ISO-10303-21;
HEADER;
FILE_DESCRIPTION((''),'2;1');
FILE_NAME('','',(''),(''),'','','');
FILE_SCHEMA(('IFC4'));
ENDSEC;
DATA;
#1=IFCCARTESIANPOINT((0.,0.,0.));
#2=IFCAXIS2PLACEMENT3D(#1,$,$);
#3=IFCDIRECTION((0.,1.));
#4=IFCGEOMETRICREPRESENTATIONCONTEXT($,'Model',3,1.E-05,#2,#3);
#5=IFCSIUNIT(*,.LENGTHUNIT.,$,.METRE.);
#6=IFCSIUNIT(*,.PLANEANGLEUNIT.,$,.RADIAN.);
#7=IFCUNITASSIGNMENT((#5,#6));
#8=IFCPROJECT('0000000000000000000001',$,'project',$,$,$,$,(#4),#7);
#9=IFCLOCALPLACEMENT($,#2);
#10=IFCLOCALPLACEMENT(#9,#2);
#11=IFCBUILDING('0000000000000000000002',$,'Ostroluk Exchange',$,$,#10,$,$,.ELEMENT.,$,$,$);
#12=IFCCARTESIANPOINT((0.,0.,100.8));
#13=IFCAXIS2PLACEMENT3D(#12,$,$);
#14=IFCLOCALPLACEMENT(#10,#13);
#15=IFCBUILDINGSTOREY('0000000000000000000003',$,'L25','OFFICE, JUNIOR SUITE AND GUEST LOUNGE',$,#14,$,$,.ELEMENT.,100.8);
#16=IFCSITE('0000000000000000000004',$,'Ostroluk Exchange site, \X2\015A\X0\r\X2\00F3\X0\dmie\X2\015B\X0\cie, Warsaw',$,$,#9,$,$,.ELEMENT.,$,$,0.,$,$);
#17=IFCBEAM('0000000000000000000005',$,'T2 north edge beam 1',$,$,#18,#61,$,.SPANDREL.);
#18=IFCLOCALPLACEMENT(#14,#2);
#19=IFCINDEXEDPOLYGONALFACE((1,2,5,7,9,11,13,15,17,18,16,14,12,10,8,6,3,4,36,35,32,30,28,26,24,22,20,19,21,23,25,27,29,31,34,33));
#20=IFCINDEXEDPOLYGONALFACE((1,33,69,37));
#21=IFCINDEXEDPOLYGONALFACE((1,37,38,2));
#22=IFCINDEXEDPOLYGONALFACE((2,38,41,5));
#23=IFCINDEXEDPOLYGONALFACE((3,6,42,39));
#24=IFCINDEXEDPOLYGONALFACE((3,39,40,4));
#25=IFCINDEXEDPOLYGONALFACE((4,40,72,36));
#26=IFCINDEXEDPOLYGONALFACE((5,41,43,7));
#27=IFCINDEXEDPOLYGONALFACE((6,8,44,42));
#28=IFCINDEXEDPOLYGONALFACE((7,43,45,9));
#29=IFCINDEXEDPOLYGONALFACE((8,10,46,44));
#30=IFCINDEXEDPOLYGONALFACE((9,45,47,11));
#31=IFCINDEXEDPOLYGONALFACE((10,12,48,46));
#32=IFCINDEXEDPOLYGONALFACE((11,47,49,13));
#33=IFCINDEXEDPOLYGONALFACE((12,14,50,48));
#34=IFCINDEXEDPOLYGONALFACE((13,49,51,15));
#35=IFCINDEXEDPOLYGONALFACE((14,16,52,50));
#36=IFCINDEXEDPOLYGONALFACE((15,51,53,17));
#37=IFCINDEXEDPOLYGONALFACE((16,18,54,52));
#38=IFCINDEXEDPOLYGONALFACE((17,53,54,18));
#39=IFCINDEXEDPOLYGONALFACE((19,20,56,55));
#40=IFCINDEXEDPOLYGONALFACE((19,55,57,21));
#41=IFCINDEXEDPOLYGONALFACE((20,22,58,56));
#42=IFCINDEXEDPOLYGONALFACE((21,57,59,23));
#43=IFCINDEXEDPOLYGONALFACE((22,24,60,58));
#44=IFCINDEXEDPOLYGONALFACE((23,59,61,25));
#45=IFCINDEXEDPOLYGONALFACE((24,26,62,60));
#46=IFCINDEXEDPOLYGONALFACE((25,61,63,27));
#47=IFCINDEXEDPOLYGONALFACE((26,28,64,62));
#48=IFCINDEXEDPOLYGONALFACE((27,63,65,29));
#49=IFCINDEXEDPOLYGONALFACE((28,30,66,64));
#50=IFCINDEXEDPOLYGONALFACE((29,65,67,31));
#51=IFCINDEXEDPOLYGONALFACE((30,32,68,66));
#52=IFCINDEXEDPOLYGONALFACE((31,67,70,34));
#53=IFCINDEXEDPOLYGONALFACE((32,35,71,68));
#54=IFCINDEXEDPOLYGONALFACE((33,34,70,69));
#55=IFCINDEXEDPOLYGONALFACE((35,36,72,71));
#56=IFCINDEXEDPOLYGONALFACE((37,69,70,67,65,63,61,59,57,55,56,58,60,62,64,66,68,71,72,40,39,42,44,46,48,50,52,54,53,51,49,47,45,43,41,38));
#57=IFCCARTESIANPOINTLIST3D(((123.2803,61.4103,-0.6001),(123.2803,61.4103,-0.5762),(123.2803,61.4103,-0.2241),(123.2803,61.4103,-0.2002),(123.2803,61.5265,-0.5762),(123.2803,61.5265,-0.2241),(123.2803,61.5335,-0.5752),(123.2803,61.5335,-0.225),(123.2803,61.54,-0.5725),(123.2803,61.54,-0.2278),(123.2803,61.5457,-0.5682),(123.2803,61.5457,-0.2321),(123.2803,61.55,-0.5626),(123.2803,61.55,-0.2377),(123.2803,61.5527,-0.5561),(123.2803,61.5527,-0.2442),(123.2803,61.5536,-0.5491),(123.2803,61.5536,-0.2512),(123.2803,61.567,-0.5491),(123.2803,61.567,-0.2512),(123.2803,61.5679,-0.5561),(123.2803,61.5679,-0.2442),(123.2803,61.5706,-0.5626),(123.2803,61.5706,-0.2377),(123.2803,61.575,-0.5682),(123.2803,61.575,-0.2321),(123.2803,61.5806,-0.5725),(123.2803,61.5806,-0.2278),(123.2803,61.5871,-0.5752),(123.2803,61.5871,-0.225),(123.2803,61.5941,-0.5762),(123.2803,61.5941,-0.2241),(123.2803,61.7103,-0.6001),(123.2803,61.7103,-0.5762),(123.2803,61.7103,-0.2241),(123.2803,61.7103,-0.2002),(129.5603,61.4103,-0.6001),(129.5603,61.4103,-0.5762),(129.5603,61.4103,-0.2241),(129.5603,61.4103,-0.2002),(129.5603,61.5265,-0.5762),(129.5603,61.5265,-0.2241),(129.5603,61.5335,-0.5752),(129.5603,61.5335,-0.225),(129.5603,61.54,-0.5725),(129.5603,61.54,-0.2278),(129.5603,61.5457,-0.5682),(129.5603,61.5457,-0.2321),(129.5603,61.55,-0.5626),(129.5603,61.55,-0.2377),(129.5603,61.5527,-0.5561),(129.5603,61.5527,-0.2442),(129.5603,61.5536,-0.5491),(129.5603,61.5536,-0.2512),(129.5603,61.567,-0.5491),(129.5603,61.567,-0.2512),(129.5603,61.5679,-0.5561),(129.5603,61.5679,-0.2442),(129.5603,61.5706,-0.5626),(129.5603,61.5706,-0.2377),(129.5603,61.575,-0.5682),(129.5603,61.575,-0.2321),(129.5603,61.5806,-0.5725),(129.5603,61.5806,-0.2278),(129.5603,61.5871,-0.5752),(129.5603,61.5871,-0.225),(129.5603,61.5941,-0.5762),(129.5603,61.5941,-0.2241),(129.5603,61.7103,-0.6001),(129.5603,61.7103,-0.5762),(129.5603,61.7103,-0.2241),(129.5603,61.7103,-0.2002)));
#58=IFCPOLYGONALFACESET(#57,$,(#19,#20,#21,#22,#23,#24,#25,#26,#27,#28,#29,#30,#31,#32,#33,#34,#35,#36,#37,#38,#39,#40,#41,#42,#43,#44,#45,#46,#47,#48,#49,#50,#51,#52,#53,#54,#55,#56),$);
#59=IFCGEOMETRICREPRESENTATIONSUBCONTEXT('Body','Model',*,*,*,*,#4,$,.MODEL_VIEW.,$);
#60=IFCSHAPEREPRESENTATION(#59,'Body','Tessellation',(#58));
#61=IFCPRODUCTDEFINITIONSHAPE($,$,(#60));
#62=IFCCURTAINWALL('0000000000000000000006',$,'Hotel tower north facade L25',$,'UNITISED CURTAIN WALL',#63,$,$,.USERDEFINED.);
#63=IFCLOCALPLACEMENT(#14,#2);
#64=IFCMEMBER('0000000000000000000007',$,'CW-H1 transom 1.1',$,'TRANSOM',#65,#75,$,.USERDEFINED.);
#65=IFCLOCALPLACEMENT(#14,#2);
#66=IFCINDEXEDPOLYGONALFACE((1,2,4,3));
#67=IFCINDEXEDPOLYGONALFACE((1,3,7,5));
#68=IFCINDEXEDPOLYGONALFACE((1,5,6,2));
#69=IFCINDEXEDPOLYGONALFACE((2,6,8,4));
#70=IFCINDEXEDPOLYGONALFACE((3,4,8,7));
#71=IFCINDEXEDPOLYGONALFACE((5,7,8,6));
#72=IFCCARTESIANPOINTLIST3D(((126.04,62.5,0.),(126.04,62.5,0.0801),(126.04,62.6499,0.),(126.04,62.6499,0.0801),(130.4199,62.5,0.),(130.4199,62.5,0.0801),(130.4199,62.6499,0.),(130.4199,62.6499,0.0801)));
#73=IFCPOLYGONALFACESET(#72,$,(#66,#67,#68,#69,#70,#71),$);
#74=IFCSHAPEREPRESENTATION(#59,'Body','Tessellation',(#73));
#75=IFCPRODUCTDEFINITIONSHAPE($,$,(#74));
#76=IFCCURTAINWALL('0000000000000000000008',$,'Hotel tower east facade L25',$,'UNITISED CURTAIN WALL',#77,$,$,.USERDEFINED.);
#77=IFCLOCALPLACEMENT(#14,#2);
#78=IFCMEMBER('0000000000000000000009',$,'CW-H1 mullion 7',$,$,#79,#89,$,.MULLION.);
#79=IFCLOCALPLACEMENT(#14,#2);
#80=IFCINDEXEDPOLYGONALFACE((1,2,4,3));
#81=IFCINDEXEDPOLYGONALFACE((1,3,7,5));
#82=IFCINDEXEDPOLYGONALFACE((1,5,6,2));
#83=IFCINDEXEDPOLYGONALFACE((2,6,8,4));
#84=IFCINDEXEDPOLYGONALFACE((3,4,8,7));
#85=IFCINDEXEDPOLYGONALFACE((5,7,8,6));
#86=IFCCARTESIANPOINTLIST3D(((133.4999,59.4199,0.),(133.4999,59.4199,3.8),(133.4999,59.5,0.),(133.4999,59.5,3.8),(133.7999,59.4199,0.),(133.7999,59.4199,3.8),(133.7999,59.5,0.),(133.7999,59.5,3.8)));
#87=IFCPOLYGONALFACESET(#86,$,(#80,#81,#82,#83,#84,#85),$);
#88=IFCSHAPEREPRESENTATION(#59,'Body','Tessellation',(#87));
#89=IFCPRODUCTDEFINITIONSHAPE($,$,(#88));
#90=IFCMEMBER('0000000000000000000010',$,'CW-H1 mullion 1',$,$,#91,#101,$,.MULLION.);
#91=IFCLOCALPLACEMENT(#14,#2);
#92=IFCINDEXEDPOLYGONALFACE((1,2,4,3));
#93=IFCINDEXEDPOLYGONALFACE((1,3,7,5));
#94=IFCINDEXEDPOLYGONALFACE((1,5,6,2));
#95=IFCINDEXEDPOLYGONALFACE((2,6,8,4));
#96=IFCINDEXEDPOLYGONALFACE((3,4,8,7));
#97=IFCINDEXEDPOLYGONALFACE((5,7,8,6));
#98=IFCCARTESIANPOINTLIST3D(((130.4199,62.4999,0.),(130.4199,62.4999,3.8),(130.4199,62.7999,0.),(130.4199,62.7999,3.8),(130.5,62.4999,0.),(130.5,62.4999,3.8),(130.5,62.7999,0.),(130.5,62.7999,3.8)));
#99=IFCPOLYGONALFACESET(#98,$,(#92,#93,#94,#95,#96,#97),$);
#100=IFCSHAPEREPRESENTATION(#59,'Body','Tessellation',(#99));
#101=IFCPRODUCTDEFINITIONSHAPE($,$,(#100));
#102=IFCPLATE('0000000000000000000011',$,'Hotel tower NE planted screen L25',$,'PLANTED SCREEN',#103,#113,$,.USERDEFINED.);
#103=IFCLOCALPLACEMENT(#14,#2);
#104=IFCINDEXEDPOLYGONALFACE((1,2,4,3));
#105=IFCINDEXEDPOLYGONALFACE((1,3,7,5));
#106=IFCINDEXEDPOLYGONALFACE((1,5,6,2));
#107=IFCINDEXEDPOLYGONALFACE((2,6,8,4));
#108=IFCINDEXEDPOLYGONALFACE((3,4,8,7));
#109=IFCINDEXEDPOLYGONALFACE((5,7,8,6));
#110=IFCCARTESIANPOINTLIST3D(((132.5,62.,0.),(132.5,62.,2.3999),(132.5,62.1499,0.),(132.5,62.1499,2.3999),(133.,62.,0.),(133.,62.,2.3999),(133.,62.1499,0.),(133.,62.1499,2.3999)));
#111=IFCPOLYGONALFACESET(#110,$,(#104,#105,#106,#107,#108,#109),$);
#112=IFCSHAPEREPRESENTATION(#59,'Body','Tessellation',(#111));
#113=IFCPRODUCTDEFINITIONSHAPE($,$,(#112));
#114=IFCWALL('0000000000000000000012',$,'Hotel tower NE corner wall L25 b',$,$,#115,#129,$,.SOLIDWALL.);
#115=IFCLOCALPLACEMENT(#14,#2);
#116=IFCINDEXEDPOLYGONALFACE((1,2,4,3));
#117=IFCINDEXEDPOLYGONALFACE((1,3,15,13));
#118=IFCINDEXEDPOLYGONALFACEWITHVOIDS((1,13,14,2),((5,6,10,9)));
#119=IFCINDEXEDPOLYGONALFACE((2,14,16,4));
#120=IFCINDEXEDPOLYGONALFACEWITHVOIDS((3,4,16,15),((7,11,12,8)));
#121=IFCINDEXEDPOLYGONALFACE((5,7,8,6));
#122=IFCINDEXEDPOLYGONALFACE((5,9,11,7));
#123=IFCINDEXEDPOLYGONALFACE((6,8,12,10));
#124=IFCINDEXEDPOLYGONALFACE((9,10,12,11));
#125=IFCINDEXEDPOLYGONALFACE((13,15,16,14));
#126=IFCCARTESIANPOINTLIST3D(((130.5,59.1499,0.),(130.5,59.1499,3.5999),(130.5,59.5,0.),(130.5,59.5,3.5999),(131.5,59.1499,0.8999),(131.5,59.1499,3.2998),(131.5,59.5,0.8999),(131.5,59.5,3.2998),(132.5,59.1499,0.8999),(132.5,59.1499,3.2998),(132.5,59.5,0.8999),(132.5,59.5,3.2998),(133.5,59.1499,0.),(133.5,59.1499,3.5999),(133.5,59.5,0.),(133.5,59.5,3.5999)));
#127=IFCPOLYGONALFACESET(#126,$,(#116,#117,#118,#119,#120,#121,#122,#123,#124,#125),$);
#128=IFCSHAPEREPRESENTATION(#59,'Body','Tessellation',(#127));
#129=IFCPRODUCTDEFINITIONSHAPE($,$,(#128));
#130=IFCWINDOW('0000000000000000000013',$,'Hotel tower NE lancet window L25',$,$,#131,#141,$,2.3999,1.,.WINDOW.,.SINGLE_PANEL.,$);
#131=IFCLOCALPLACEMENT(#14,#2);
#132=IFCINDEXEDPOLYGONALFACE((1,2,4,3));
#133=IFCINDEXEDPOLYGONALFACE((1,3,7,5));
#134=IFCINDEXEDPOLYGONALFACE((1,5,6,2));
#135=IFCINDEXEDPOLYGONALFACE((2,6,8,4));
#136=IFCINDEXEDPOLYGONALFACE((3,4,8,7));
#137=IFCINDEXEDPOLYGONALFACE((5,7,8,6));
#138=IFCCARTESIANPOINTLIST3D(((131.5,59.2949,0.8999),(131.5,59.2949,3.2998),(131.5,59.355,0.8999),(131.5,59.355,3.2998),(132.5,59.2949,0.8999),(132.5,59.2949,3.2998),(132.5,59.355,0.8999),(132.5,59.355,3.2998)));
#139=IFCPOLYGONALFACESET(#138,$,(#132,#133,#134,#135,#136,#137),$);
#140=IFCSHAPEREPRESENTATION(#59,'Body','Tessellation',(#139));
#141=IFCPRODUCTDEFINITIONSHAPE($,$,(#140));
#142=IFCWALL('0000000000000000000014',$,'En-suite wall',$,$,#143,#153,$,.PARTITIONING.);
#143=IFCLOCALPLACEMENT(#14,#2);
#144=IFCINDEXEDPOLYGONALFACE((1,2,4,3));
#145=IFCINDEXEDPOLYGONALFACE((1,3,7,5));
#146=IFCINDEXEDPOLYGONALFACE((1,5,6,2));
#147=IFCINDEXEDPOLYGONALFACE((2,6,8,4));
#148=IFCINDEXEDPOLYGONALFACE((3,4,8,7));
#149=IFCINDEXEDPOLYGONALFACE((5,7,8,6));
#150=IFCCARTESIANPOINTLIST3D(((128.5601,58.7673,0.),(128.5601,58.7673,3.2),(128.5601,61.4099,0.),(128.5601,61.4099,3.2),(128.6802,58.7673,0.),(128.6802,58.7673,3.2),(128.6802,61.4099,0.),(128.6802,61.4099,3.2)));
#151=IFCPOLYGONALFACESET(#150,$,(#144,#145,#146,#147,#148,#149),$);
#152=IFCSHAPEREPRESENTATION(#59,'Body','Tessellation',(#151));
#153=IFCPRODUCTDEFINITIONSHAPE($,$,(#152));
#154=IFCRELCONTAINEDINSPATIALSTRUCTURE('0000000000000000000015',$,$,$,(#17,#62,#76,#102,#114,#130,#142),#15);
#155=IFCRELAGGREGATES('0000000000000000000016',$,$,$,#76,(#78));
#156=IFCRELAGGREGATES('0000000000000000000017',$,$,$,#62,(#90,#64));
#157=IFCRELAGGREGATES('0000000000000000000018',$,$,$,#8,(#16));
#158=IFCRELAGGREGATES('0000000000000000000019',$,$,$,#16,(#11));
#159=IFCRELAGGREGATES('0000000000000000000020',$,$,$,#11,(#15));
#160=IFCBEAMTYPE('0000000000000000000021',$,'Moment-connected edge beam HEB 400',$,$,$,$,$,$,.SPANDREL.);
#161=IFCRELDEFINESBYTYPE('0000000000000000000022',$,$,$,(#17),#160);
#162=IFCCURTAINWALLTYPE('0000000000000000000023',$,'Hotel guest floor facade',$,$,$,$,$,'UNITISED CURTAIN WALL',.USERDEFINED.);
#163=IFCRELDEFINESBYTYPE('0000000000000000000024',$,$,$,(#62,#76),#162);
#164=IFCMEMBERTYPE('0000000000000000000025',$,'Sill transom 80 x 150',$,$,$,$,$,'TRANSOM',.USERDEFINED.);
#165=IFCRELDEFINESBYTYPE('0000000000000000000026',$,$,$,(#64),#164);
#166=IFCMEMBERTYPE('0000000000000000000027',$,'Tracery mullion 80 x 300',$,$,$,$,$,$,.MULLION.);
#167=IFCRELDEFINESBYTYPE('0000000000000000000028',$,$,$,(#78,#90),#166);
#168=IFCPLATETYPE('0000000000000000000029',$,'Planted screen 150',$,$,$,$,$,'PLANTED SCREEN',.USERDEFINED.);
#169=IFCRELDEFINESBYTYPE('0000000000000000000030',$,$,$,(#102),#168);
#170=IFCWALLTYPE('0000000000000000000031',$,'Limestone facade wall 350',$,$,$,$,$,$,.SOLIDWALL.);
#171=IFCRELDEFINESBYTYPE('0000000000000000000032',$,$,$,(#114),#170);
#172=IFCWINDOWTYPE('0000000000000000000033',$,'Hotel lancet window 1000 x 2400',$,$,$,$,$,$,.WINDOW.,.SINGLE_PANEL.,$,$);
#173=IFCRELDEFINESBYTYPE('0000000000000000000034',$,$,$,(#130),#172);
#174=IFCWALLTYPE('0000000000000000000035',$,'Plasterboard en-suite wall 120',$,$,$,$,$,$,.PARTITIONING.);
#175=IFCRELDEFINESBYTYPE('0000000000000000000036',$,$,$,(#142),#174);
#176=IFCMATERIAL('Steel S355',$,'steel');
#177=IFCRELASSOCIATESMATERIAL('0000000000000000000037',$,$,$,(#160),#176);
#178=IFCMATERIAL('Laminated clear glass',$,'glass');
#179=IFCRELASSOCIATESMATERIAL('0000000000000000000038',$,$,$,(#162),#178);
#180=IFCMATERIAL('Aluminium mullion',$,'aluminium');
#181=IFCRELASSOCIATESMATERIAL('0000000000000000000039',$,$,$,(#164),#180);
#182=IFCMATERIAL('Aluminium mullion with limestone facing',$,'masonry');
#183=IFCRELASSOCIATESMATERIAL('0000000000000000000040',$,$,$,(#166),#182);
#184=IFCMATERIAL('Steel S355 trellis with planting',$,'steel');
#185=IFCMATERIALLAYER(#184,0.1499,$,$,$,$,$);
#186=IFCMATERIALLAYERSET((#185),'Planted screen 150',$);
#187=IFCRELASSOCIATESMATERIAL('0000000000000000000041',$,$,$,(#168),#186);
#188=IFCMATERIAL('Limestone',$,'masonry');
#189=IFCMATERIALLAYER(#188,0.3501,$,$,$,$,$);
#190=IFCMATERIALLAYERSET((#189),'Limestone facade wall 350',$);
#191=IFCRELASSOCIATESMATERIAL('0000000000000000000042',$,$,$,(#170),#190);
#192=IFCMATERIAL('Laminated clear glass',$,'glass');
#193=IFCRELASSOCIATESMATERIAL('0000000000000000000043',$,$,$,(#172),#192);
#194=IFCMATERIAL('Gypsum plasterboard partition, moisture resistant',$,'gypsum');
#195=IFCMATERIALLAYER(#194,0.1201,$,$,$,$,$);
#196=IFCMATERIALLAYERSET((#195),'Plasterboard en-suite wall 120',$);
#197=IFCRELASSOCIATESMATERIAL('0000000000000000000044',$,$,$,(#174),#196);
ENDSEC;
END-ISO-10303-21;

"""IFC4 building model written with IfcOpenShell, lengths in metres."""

from ifc_helpers import new_model, si_unit, direction, frame, frame_2d, origin, origin_2d, place, context, subcontext, project, spatial, rectangle, i_section, extrude, material, layer, layer_set, material_profile, profile_set, type_object, element, fill, aggregate, save


model = new_model("IFC4")

# Units and contexts
model_context = context("Model", 3, precision=1e-05, world=origin(), true_north=direction((0.0, 1.0)))
body_context = subcontext(model_context, "Body", "Model", "MODEL_VIEW")
ifc_project = project(units=[si_unit("LENGTHUNIT", "METRE"), si_unit("PLANEANGLEUNIT", "RADIAN")], contexts=[model_context])

# Site, building, storey
site_placement = place(None, origin())
site = spatial("IfcSite", under=ifc_project, at=site_placement, Name="Ostroluk Exchange site, Śródmieście, Warsaw", CompositionType="ELEMENT", RefElevation=0.0)
building_placement = place(site_placement, origin())
building = spatial("IfcBuilding", under=site, at=building_placement, Name="Ostroluk Exchange", CompositionType="ELEMENT")
storey_placement = place(building_placement, frame((0.0, 0.0, 100.8)))
storey = spatial("IfcBuildingStorey", under=building, at=storey_placement, Name="L25", Description="OFFICE, JUNIOR SUITE AND GUEST LOUNGE", CompositionType="ELEMENT", Elevation=100.8)

# Beam
ifc_material_1 = material(Name="Steel S355", Category="steel")
ifc_material_profile_1 = material_profile(ifc_material_1, i_section(OverallWidth=0.3, OverallDepth=0.3999, WebThickness=0.0134, FlangeThickness=0.0239, FilletRadius=0.0271, at=origin_2d()), Name="HEB 400")
ifc_profile_set_1 = profile_set([ifc_material_profile_1], Name="Steel S355")
beam_type_1 = type_object("IfcBeamType", Name="Moment-connected edge beam HEB 400", PredefinedType="SPANDREL", material=ifc_profile_set_1)
beam_1_placement = place(storey_placement, frame((129.5603, 61.5603, -0.4001), z_axis=(-1.0, 0.0, 0.0), x_axis=(0.0, -1.0, 0.0)))
element("IfcBeam", 1, at=beam_1_placement, inside=storey, type_object=beam_type_1, Name="T2 north edge beam 1", PredefinedType="SPANDREL", context=body_context, shape_type="SweptSolid", body=[
    extrude(i_section(OverallWidth=0.3, OverallDepth=0.3999, WebThickness=0.0134, FlangeThickness=0.0239, FilletRadius=0.0271, at=origin_2d()), origin(), (0.0, 0.0, 1.0), 6.28),
])

# Curtain walls, members
ifc_material_2 = material(Name="Laminated clear glass", Category="glass")
curtain_wall_type = type_object("IfcCurtainWallType", Name="Hotel guest floor facade", ElementType="UNITISED CURTAIN WALL", PredefinedType="USERDEFINED", material=ifc_material_2)
curtain_wall_1_placement = place(storey_placement, origin())
curtain_wall_1 = element("IfcCurtainWall", 2, at=curtain_wall_1_placement, inside=storey, type_object=curtain_wall_type, Name="Hotel tower north facade L25", ObjectType="UNITISED CURTAIN WALL", PredefinedType="USERDEFINED")
ifc_material_3 = material(Name="Aluminium mullion", Category="aluminium")
ifc_material_profile_2 = material_profile(ifc_material_3, rectangle(XDim=0.1499, YDim=0.0801, at=origin_2d()), Name="Sill transom 80 x 150")
ifc_profile_set_2 = profile_set([ifc_material_profile_2], Name="Aluminium mullion")
member_type_1 = type_object("IfcMemberType", Name="Sill transom 80 x 150", ElementType="TRANSOM", PredefinedType="USERDEFINED", material=ifc_profile_set_2)
member_1_placement = place(storey_placement, frame((130.4199, 62.575, 0.04), z_axis=(-1.0, 0.0, 0.0), x_axis=(0.0, -1.0, 0.0)))
member_1 = element("IfcMember", 3, at=member_1_placement, type_object=member_type_1, Name="CW-H1 transom 1.1", ObjectType="TRANSOM", PredefinedType="USERDEFINED", context=body_context, shape_type="SweptSolid", body=[
    extrude(rectangle(XDim=0.1499, YDim=0.0801, at=origin_2d()), origin(), (0.0, 0.0, 1.0), 4.3799),
])
curtain_wall_2_placement = place(storey_placement, origin())
curtain_wall_2 = element("IfcCurtainWall", 4, at=curtain_wall_2_placement, inside=storey, type_object=curtain_wall_type, Name="Hotel tower east facade L25", ObjectType="UNITISED CURTAIN WALL", PredefinedType="USERDEFINED")
ifc_material_4 = material(Name="Aluminium mullion with limestone facing", Category="masonry")
ifc_material_profile_3 = material_profile(ifc_material_4, rectangle(XDim=0.3, YDim=0.0801, at=origin_2d()), Name="Tracery mullion 80 x 300")
ifc_profile_set_3 = profile_set([ifc_material_profile_3], Name="Aluminium mullion with limestone facing")
member_type_2 = type_object("IfcMemberType", Name="Tracery mullion 80 x 300", PredefinedType="MULLION", material=ifc_profile_set_3)
member_2_placement = place(storey_placement, frame((133.6499, 59.46, 0.0), z_axis=(0.0, 0.0, 1.0), x_axis=(-1.0, 0.0, 0.0)))
member_2 = element("IfcMember", 5, at=member_2_placement, type_object=member_type_2, Name="CW-H1 mullion 7", PredefinedType="MULLION", context=body_context, shape_type="SweptSolid", body=[
    extrude(rectangle(XDim=0.3, YDim=0.0801, at=origin_2d()), origin(), (0.0, 0.0, 1.0), 3.8),
])
aggregate(curtain_wall_2, [member_2])

# Member
member_3_placement = place(storey_placement, frame((130.46, 62.6499, 0.0), z_axis=(0.0, 0.0, 1.0), x_axis=(0.0, -1.0, 0.0)))
member_3 = element("IfcMember", 6, at=member_3_placement, type_object=member_type_2, Name="CW-H1 mullion 1", PredefinedType="MULLION", context=body_context, shape_type="SweptSolid", body=[
    extrude(rectangle(XDim=0.3, YDim=0.0801, at=origin_2d()), origin(), (0.0, 0.0, 1.0), 3.8),
])
aggregate(curtain_wall_1, [member_3, member_1])

# Plate
ifc_material_5 = material(Name="Steel S355 trellis with planting", Category="steel")
ifc_layer_1 = layer(ifc_material_5, 0.1499)
ifc_layer_set_1 = layer_set([ifc_layer_1], Name="Planted screen 150")
plate_type = type_object("IfcPlateType", Name="Planted screen 150", ElementType="PLANTED SCREEN", PredefinedType="USERDEFINED", material=ifc_layer_set_1)
plate_placement = place(storey_placement, frame((132.75, 62.075, 0.0), z_axis=(0.0, 0.0, 1.0), x_axis=(1.0, 0.0, 0.0)))
element("IfcPlate", 7, at=plate_placement, inside=storey, type_object=plate_type, Name="Hotel tower NE planted screen L25", ObjectType="PLANTED SCREEN", PredefinedType="USERDEFINED", context=body_context, shape_type="SweptSolid", body=[
    extrude(rectangle(XDim=0.5, YDim=0.1499, at=origin_2d()), origin(), (0.0, 0.0, 1.0), 2.3999),
])

# Shared definitions
ifc_material_6 = material(Name="Limestone", Category="masonry")
ifc_layer_2 = layer(ifc_material_6, 0.3501)
ifc_layer_set_2 = layer_set([ifc_layer_2], Name="Limestone facade wall 350")
wall_type_1 = type_object("IfcWallType", Name="Limestone facade wall 350", PredefinedType="SOLIDWALL", material=ifc_layer_set_2)

# Wall, opening, window
wall_1_placement = place(storey_placement, frame((130.5, 59.325, 0.0), z_axis=(0.0, 0.0, 1.0), x_axis=(1.0, 0.0, 0.0)))
wall_1 = element("IfcWall", 8, at=wall_1_placement, inside=storey, type_object=wall_type_1, Name="Hotel tower NE corner wall L25 b", PredefinedType="SOLIDWALL", context=body_context, shape_type="SweptSolid", body=[
    extrude(rectangle(XDim=3.0, YDim=0.3501, at=frame_2d((1.5, 0.0))), origin(), (0.0, 0.0, 1.0), 3.5999),
])
opening_1_placement = place(wall_1_placement, frame((1.0, 0.0, 0.8999)))
opening_1 = element("IfcOpeningElement", 9, at=opening_1_placement, cuts=wall_1, PredefinedType="OPENING", context=body_context, shape_type="SweptSolid", body=[
    extrude(rectangle(XDim=1.0, YDim=2.3999, at=frame_2d((0.5, 1.2))), frame((0.0, 0.1851, 0.0), z_axis=(0.0, -1.0, 0.0), x_axis=(1.0, 0.0, 0.0)), (0.0, 0.0, 1.0), 0.3701),
])
ifc_material_7 = material(Name="Laminated clear glass", Category="glass")
window_type = type_object("IfcWindowType", Name="Hotel lancet window 1000 x 2400", PartitioningType="SINGLE_PANEL", PredefinedType="WINDOW", material=ifc_material_7)
window_placement = place(opening_1_placement, origin())
window = element("IfcWindow", 10, at=window_placement, inside=storey, type_object=window_type, Name="Hotel tower NE lancet window L25", OverallHeight=2.3999, OverallWidth=1.0, PartitioningType="SINGLE_PANEL", PredefinedType="WINDOW", context=body_context, shape_type="SweptSolid", body=[
    extrude(rectangle(XDim=1.0, YDim=2.3999, at=frame_2d((0.5, 1.2))), frame((0.0, 0.03, 0.0), z_axis=(0.0, -1.0, 0.0), x_axis=(1.0, 0.0, 0.0)), (0.0, 0.0, 1.0), 0.0601),
])
fill(opening_1, window)

# Wall
ifc_material_8 = material(Name="Gypsum plasterboard partition, moisture resistant", Category="gypsum")
ifc_layer_3 = layer(ifc_material_8, 0.1201)
ifc_layer_set_3 = layer_set([ifc_layer_3], Name="Plasterboard en-suite wall 120")
wall_type_2 = type_object("IfcWallType", Name="Plasterboard en-suite wall 120", PredefinedType="PARTITIONING", material=ifc_layer_set_3)
wall_2_placement = place(storey_placement, frame((128.6201, 58.7673, 0.0), z_axis=(0.0, 0.0, 1.0), x_axis=(0.0, 1.0, 0.0)))
element("IfcWall", 11, at=wall_2_placement, inside=storey, type_object=wall_type_2, Name="En-suite wall", PredefinedType="PARTITIONING", context=body_context, shape_type="SweptSolid", body=[
    extrude(rectangle(XDim=2.6426, YDim=0.1201, at=frame_2d((1.3213, 0.0))), origin(), (0.0, 0.0, 1.0), 3.2),
])

save(model, "model.ifc")
